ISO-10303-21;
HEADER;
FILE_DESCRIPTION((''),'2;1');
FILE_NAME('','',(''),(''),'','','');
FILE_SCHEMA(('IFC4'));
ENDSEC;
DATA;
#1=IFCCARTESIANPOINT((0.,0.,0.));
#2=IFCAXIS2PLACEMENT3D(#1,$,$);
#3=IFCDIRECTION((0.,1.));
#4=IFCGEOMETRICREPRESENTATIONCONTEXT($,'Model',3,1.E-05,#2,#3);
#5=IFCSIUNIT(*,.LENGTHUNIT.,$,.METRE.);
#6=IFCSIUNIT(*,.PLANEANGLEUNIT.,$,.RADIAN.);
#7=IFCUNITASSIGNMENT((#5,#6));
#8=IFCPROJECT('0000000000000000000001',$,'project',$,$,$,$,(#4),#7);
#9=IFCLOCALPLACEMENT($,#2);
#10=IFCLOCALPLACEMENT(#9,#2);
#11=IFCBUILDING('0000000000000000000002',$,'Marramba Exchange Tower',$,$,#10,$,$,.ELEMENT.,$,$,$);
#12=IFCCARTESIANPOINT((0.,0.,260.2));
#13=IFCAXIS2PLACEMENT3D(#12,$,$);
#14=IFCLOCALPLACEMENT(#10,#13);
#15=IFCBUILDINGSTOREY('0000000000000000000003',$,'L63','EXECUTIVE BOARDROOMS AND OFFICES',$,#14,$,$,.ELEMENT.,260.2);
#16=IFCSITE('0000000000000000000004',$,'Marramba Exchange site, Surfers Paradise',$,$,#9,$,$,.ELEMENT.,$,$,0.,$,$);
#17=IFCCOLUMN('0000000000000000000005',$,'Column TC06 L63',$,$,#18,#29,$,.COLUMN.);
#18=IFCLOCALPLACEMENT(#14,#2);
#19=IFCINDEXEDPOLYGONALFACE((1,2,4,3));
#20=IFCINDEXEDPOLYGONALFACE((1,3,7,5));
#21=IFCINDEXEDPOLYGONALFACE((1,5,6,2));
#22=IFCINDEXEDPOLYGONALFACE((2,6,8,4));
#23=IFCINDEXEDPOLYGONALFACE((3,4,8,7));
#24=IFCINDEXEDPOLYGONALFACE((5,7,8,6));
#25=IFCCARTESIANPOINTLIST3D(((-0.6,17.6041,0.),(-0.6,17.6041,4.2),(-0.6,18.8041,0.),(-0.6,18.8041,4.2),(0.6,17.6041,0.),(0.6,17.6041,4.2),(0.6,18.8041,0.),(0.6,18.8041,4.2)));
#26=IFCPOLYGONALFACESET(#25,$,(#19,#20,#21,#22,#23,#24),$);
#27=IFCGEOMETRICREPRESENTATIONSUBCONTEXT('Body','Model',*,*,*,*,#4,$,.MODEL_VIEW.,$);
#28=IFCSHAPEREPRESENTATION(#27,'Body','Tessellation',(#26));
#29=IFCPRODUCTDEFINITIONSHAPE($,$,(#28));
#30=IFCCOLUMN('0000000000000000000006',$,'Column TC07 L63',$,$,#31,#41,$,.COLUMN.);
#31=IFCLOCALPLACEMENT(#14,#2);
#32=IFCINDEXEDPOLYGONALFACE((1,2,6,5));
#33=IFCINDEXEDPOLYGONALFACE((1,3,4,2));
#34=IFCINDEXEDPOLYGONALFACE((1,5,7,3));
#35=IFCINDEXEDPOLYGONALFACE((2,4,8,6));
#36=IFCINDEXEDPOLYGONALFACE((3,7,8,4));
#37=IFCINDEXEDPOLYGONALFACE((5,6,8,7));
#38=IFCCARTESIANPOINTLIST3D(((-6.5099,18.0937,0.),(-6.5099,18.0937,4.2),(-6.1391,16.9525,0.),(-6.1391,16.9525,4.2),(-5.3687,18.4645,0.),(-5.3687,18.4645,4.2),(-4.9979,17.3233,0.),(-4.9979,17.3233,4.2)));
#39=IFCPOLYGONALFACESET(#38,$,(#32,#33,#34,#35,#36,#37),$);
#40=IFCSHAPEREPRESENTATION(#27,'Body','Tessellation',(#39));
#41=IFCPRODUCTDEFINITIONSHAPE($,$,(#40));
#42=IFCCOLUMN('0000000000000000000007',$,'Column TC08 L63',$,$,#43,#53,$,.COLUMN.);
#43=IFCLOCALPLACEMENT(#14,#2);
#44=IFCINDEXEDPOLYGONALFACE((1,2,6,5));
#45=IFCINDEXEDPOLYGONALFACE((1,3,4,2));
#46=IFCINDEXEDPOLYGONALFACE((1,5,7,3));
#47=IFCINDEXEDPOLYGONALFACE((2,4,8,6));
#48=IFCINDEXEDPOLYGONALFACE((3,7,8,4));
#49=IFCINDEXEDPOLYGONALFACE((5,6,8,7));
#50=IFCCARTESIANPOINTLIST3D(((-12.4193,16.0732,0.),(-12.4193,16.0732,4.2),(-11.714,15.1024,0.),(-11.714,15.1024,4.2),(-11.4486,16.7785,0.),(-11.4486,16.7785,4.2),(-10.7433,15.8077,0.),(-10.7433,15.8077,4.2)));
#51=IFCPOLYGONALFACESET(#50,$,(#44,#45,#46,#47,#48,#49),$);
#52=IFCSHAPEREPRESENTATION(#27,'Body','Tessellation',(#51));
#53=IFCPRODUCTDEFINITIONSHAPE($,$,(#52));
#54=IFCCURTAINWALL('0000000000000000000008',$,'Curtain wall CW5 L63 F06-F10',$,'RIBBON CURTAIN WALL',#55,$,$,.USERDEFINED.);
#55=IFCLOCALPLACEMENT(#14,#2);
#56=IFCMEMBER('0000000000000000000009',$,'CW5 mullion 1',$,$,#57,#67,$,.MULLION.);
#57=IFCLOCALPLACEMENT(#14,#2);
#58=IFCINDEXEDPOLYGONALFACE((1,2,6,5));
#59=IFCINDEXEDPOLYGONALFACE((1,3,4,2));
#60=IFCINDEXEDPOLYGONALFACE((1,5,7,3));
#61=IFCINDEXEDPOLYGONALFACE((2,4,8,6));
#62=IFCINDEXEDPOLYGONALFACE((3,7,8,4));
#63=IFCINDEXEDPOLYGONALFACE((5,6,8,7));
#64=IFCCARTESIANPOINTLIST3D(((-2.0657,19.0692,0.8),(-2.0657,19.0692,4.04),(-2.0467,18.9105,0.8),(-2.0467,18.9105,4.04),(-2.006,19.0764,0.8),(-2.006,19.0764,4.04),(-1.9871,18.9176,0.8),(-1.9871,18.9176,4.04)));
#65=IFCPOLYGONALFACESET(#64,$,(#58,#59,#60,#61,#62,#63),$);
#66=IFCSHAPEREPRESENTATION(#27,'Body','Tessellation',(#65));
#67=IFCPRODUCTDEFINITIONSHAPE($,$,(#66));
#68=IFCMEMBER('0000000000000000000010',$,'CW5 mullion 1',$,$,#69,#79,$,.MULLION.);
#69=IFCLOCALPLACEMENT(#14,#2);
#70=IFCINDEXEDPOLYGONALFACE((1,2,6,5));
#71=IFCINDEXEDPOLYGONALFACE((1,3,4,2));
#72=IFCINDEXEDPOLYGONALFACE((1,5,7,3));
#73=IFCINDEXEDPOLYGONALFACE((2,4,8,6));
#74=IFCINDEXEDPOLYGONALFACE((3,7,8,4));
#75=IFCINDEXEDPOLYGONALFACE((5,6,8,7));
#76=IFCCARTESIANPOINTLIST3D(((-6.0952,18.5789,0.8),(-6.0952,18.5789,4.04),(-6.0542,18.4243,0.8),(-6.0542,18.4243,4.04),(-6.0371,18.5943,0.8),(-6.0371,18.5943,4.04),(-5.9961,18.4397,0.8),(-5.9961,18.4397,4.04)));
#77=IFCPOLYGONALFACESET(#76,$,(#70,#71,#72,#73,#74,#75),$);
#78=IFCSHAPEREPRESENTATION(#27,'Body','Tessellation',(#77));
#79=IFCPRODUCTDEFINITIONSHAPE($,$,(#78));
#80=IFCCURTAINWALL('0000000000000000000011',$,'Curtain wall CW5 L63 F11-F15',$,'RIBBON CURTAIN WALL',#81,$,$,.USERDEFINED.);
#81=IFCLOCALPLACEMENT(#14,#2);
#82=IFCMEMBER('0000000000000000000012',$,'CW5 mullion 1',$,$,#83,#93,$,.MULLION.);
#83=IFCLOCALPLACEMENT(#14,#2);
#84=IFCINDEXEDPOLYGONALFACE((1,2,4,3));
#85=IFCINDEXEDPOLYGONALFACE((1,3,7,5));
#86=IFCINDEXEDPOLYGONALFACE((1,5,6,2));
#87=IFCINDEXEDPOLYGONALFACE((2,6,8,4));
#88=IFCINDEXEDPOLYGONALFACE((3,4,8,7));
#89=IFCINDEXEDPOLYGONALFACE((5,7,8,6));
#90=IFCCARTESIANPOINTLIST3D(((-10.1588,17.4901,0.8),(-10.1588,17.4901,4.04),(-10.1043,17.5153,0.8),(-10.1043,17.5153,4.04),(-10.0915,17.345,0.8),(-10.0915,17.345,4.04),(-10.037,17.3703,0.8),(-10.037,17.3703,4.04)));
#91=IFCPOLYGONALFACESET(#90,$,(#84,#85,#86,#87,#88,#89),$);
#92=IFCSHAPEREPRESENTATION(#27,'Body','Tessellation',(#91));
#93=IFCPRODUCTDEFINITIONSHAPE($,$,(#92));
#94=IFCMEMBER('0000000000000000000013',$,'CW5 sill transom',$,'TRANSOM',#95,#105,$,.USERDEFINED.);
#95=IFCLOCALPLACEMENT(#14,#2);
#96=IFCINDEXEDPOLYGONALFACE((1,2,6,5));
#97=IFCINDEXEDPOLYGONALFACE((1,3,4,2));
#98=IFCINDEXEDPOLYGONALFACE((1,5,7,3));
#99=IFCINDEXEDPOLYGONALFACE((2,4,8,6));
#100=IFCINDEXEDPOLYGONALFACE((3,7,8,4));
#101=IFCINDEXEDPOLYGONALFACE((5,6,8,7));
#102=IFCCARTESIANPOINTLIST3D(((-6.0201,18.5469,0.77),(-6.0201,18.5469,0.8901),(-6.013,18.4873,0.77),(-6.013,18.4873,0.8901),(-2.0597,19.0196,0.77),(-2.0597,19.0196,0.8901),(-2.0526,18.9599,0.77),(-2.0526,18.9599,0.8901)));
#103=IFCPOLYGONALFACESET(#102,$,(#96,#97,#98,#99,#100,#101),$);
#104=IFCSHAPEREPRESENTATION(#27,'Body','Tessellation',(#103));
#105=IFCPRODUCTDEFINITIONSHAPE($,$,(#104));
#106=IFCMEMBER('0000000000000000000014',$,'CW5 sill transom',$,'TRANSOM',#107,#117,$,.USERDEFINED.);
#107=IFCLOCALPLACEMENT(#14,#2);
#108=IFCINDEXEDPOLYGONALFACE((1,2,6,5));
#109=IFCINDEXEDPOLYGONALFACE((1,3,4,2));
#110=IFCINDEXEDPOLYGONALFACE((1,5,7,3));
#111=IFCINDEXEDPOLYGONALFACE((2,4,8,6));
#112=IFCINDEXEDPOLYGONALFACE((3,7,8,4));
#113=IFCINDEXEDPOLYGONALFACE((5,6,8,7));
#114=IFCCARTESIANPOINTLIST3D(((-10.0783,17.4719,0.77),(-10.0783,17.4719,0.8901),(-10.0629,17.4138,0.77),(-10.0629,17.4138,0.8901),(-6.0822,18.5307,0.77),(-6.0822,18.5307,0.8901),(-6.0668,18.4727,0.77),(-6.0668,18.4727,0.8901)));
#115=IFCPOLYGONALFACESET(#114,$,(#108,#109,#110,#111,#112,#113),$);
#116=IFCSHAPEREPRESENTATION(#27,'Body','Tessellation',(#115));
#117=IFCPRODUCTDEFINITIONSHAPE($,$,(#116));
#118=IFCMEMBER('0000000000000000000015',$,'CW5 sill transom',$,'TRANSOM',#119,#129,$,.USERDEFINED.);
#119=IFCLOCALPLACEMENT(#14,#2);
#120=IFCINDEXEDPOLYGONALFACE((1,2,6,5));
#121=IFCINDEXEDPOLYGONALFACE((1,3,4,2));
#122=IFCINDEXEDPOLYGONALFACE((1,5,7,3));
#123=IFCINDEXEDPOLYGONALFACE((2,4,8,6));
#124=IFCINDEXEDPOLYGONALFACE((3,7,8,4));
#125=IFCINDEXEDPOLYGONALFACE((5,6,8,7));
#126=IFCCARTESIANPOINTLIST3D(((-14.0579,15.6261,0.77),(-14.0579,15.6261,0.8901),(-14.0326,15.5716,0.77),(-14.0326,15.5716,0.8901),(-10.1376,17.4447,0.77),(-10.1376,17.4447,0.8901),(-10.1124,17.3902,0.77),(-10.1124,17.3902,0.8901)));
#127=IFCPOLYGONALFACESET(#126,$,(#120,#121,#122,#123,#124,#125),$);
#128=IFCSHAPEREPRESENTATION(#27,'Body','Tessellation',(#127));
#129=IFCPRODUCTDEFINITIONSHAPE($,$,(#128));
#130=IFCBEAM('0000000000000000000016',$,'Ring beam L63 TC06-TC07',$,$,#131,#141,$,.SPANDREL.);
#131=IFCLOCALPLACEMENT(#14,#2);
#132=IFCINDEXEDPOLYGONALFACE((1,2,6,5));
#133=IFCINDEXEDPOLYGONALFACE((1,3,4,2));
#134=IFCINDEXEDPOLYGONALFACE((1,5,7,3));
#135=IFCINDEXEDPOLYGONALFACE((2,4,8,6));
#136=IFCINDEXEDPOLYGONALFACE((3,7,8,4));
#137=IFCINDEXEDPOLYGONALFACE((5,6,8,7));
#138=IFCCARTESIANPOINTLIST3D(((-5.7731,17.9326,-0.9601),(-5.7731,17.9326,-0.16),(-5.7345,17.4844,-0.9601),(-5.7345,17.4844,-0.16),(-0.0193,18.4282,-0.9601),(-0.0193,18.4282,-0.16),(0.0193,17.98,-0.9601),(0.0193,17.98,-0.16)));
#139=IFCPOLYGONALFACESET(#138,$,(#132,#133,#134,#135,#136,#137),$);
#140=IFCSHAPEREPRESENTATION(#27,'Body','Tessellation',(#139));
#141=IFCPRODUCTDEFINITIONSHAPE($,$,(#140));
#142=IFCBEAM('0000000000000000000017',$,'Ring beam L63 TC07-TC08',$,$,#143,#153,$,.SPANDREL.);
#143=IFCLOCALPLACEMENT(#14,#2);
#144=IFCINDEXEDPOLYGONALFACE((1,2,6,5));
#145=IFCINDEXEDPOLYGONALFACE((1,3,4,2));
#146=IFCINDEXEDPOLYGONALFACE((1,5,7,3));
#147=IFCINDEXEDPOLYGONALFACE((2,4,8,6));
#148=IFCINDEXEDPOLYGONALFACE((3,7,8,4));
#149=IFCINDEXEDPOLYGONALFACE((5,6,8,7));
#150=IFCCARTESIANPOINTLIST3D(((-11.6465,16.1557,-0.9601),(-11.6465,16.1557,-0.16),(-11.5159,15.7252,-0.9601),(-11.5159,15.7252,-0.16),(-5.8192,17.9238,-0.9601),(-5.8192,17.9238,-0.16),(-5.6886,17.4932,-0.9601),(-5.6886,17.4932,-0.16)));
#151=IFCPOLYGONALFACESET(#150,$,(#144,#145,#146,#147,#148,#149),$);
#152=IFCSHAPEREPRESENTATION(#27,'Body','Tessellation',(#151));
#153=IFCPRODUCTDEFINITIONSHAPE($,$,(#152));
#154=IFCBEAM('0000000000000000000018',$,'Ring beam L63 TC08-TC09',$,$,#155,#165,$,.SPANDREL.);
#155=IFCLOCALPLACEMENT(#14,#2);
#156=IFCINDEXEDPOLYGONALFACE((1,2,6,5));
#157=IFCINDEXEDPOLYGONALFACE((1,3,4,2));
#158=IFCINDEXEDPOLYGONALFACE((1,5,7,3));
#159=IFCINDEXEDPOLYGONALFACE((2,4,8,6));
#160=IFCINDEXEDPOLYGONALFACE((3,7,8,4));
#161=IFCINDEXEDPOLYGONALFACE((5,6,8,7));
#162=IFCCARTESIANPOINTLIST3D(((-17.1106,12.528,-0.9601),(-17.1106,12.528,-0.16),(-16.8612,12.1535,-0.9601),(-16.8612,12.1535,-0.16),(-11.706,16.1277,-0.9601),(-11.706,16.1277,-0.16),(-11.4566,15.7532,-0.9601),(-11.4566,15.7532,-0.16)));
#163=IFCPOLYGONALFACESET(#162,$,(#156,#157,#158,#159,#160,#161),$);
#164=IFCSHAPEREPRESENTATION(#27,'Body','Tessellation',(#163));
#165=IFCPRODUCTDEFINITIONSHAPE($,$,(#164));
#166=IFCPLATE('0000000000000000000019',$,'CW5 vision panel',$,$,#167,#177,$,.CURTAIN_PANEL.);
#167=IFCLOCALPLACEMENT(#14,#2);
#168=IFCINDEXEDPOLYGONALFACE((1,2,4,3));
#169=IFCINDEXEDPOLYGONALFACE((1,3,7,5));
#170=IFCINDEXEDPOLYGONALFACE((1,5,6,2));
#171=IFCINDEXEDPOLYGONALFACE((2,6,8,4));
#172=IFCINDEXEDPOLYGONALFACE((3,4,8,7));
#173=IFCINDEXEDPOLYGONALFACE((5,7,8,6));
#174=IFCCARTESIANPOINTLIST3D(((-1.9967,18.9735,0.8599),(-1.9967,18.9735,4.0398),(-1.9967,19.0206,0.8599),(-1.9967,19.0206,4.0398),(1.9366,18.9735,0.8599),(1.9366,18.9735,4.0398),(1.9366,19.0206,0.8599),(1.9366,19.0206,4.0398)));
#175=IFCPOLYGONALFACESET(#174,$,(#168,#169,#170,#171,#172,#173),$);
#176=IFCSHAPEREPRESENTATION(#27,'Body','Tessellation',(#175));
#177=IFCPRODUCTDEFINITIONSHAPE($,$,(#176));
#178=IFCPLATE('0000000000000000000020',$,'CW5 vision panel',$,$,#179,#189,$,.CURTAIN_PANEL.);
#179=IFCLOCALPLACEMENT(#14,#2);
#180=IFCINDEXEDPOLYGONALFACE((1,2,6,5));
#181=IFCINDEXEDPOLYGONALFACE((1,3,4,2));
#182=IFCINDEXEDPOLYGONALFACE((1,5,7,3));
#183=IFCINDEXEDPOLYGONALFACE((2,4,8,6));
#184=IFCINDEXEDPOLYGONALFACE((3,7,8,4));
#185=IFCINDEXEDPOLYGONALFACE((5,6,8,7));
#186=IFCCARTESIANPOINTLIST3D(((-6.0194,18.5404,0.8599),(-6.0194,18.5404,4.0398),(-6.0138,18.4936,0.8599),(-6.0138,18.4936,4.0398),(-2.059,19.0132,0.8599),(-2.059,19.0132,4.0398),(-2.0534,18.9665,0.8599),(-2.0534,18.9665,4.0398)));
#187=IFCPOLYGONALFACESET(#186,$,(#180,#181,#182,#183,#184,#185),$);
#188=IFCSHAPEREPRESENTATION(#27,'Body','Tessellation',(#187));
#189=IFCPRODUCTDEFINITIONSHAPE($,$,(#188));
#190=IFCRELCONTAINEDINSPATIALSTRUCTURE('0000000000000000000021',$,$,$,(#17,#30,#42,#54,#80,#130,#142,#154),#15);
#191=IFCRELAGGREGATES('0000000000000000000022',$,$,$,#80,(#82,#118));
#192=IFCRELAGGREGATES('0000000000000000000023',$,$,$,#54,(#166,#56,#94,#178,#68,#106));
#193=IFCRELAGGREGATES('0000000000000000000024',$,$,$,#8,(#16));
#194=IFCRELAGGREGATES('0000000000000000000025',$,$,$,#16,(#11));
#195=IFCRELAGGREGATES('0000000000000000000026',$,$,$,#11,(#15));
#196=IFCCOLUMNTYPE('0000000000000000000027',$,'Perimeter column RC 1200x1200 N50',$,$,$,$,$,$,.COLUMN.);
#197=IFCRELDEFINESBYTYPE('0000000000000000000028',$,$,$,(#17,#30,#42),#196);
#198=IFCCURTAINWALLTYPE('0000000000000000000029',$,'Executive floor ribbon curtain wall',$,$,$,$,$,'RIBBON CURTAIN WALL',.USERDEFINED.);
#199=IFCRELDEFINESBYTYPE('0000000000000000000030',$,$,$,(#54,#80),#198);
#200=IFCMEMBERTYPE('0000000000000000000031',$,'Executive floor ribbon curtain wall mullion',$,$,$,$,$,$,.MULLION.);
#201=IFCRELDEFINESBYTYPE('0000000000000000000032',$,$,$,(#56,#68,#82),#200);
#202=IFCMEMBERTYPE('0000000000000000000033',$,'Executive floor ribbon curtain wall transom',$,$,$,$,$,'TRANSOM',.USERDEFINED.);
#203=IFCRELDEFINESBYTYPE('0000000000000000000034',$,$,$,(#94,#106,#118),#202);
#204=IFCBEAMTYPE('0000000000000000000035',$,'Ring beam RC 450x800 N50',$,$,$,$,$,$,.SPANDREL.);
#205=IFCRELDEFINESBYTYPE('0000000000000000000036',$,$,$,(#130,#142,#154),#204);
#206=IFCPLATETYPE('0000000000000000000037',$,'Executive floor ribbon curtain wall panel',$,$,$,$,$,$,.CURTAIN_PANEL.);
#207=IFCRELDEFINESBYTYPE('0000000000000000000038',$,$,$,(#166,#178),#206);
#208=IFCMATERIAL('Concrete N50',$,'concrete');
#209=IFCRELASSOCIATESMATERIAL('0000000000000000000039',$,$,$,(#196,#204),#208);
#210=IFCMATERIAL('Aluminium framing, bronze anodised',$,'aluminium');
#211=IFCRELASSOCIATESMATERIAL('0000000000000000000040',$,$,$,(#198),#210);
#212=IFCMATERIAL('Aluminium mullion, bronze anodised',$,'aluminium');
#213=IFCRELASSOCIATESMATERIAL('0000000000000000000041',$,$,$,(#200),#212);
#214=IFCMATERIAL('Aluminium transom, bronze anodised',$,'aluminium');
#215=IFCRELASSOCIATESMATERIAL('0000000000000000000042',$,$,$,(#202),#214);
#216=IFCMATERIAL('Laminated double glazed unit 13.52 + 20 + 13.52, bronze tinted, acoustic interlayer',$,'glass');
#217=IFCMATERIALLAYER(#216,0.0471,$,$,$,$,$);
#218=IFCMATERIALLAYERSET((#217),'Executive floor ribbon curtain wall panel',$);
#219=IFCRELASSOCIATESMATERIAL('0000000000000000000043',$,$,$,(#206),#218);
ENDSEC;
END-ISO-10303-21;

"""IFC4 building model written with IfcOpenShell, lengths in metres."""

from ifc_helpers import new_model, si_unit, direction, frame, origin, origin_2d, place, context, subcontext, project, spatial, rectangle, extrude, material, layer, layer_set, material_profile, profile_set, type_object, element, aggregate, save


model = new_model("IFC4")

# Units and contexts
model_context = context("Model", 3, precision=1e-05, world=origin(), true_north=direction((0.0, 1.0)))
body_context = subcontext(model_context, "Body", "Model", "MODEL_VIEW")
ifc_project = project(units=[si_unit("LENGTHUNIT", "METRE"), si_unit("PLANEANGLEUNIT", "RADIAN")], contexts=[model_context])

# Site, building, storey
site_placement = place(None, origin())
site = spatial("IfcSite", under=ifc_project, at=site_placement, Name="Marramba Exchange site, Surfers Paradise", CompositionType="ELEMENT", RefElevation=0.0)
building_placement = place(site_placement, origin())
building = spatial("IfcBuilding", under=site, at=building_placement, Name="Marramba Exchange Tower", CompositionType="ELEMENT")
storey_placement = place(building_placement, frame((0.0, 0.0, 260.2)))
storey = spatial("IfcBuildingStorey", under=building, at=storey_placement, Name="L63", Description="EXECUTIVE BOARDROOMS AND OFFICES", CompositionType="ELEMENT", Elevation=260.2)

# Columns
ifc_material_1 = material(Name="Concrete N50", Category="concrete")
ifc_material_profile_1 = material_profile(ifc_material_1, rectangle(XDim=1.2, YDim=1.2, at=origin_2d()), Name="RC 1200x1200")
ifc_profile_set_1 = profile_set([ifc_material_profile_1], Name="Concrete N50")
column_type = type_object("IfcColumnType", Name="Perimeter column RC 1200x1200 N50", PredefinedType="COLUMN", material=ifc_profile_set_1)
for number, where, z_axis, x_axis, name in (
    (1, (0.0, 18.2041, 0.0), (0.0, 0.0, 1.0), (0.0, 1.0, 0.0), "Column TC06 L63"),
    (2, (-5.7539, 17.7085, 0.0), (0.0, 0.0, 1.0), (-0.309017, 0.951057, 0.0), "Column TC07 L63"),
    (3, (-11.5813, 15.9404, 0.0), (0.0, 0.0, 1.0), (-0.587785, 0.809017, 0.0), "Column TC08 L63"),
):
    element("IfcColumn", number, at=place(storey_placement, frame(where, z_axis=z_axis, x_axis=x_axis)), inside=storey, type_object=column_type, Name=name, PredefinedType="COLUMN", context=body_context, shape_type="SweptSolid", body=[
        extrude(rectangle(XDim=1.2, YDim=1.2, at=origin_2d()), origin(), (0.0, 0.0, 1.0), 4.2),
    ])

# Curtain wall, members
ifc_material_2 = material(Name="Aluminium framing, bronze anodised", Category="aluminium")
curtain_wall_type = type_object("IfcCurtainWallType", Name="Executive floor ribbon curtain wall", ElementType="RIBBON CURTAIN WALL", PredefinedType="USERDEFINED", material=ifc_material_2)
curtain_wall_1_placement = place(storey_placement, origin())
curtain_wall_1 = element("IfcCurtainWall", 4, at=curtain_wall_1_placement, inside=storey, type_object=curtain_wall_type, Name="Curtain wall CW5 L63 F06-F10", ObjectType="RIBBON CURTAIN WALL", PredefinedType="USERDEFINED")
ifc_material_3 = material(Name="Aluminium mullion, bronze anodised", Category="aluminium")
ifc_material_profile_2 = material_profile(ifc_material_3, rectangle(XDim=0.1599, YDim=0.0601, at=origin_2d()), Name="CW5 mullion 60x160")
ifc_profile_set_2 = profile_set([ifc_material_profile_2], Name="Aluminium mullion, bronze anodised")
member_type_1 = type_object("IfcMemberType", Name="Executive floor ribbon curtain wall mullion", PredefinedType="MULLION", material=ifc_profile_set_2)
member_1_placement = place(storey_placement, frame((-2.0264, 18.9934, 0.8), z_axis=(0.0, 0.0, 1.0), x_axis=(0.118557, -0.992947, 0.0)))
member_1 = element("IfcMember", 5, at=member_1_placement, type_object=member_type_1, Name="CW5 mullion 1", PredefinedType="MULLION", context=body_context, shape_type="SweptSolid", body=[
    extrude(rectangle(XDim=0.1599, YDim=0.0601, at=origin_2d()), origin(), (0.0, 0.0, 1.0), 3.24),
])
member_2_placement = place(storey_placement, frame((-6.0457, 18.5093, 0.8), z_axis=(0.0, 0.0, 1.0), x_axis=(0.256126, -0.966644, 0.0)))
member_2 = element("IfcMember", 6, at=member_2_placement, type_object=member_type_1, Name="CW5 mullion 1", PredefinedType="MULLION", context=body_context, shape_type="SweptSolid", body=[
    extrude(rectangle(XDim=0.1599, YDim=0.0601, at=origin_2d()), origin(), (0.0, 0.0, 1.0), 3.24),
])

# Curtain wall, member
curtain_wall_2_placement = place(storey_placement, origin())
curtain_wall_2 = element("IfcCurtainWall", 7, at=curtain_wall_2_placement, inside=storey, type_object=curtain_wall_type, Name="Curtain wall CW5 L63 F11-F15", ObjectType="RIBBON CURTAIN WALL", PredefinedType="USERDEFINED")
member_3_placement = place(storey_placement, frame((-10.0979, 17.4302, 0.8), z_axis=(0.0, 0.0, 1.0), x_axis=(0.420849, -0.907131, 0.0)))
member_3 = element("IfcMember", 8, at=member_3_placement, type_object=member_type_1, Name="CW5 mullion 1", PredefinedType="MULLION", context=body_context, shape_type="SweptSolid", body=[
    extrude(rectangle(XDim=0.1599, YDim=0.0601, at=origin_2d()), origin(), (0.0, 0.0, 1.0), 3.24),
])

# Members
ifc_material_4 = material(Name="Aluminium transom, bronze anodised", Category="aluminium")
ifc_material_profile_3 = material_profile(ifc_material_4, rectangle(XDim=0.0601, YDim=0.1201, at=origin_2d()), Name="CW5 transom 60x120")
ifc_profile_set_3 = profile_set([ifc_material_profile_3], Name="Aluminium transom, bronze anodised")
member_type_2 = type_object("IfcMemberType", Name="Executive floor ribbon curtain wall transom", ElementType="TRANSOM", PredefinedType="USERDEFINED", material=ifc_profile_set_3)
member_4_placement = place(storey_placement, frame((-2.0562, 18.9897, 0.8301), z_axis=(-0.992954, -0.118503, 0.0), x_axis=(0.118503, -0.992954, 0.0)))
member_4 = element("IfcMember", 9, at=member_4_placement, type_object=member_type_2, Name="CW5 sill transom", ObjectType="TRANSOM", PredefinedType="USERDEFINED", context=body_context, shape_type="SweptSolid", body=[
    extrude(rectangle(XDim=0.0601, YDim=0.1201, at=origin_2d()), origin(), (0.0, 0.0, 1.0), 3.9885),
])
member_5_placement = place(storey_placement, frame((-6.0745, 18.5017, 0.8301), z_axis=(-0.966642, -0.25613, 0.0), x_axis=(0.25613, -0.966642, 0.0)))
member_5 = element("IfcMember", 10, at=member_5_placement, type_object=member_type_2, Name="CW5 sill transom", ObjectType="TRANSOM", PredefinedType="USERDEFINED", context=body_context, shape_type="SweptSolid", body=[
    extrude(rectangle(XDim=0.0601, YDim=0.1201, at=origin_2d()), origin(), (0.0, 0.0, 1.0), 4.134),
])
member_6_placement = place(storey_placement, frame((-10.125, 17.4175, 0.8301), z_axis=(-0.907139, -0.420831, 0.0), x_axis=(0.420831, -0.907139, 0.0)))
member_6 = element("IfcMember", 11, at=member_6_placement, type_object=member_type_2, Name="CW5 sill transom", ObjectType="TRANSOM", PredefinedType="USERDEFINED", context=body_context, shape_type="SweptSolid", body=[
    extrude(rectangle(XDim=0.0601, YDim=0.1201, at=origin_2d()), origin(), (0.0, 0.0, 1.0), 4.3215),
])
aggregate(curtain_wall_2, [member_3, member_6])

# Beams
ifc_material_profile_4 = material_profile(ifc_material_1, rectangle(XDim=0.45, YDim=0.8, at=origin_2d()), Name="RC 450x800")
ifc_profile_set_4 = profile_set([ifc_material_profile_4], Name="Concrete N50")
beam_type = type_object("IfcBeamType", Name="Ring beam RC 450x800 N50", PredefinedType="SPANDREL", material=ifc_profile_set_4)
beam_1_placement = place(storey_placement, frame((0.0, 18.2041, -0.5601), z_axis=(-0.996311, -0.085816, 0.0), x_axis=(0.085816, -0.996311, 0.0)))
element("IfcBeam", 12, at=beam_1_placement, inside=storey, type_object=beam_type, Name="Ring beam L63 TC06-TC07", PredefinedType="SPANDREL", context=body_context, shape_type="SweptSolid", body=[
    extrude(rectangle(XDim=0.45, YDim=0.8, at=origin_2d()), origin(), (0.0, 0.0, 1.0), 5.7751),
])
beam_2_placement = place(storey_placement, frame((-5.7539, 17.7085, -0.5601), z_axis=(-0.956925, -0.290337, 0.0), x_axis=(0.290337, -0.956925, 0.0)))
element("IfcBeam", 13, at=beam_2_placement, inside=storey, type_object=beam_type, Name="Ring beam L63 TC07-TC08", PredefinedType="SPANDREL", context=body_context, shape_type="SweptSolid", body=[
    extrude(rectangle(XDim=0.45, YDim=0.8, at=origin_2d()), origin(), (0.0, 0.0, 1.0), 6.0896),
])
beam_3_placement = place(storey_placement, frame((-11.5813, 15.9404, -0.5601), z_axis=(-0.832293, -0.554336, 0.0), x_axis=(0.554336, -0.832293, 0.0)))
element("IfcBeam", 14, at=beam_3_placement, inside=storey, type_object=beam_type, Name="Ring beam L63 TC08-TC09", PredefinedType="SPANDREL", context=body_context, shape_type="SweptSolid", body=[
    extrude(rectangle(XDim=0.45, YDim=0.8, at=origin_2d()), origin(), (0.0, 0.0, 1.0), 6.4937),
])

# Plates
ifc_material_5 = material(Name="Laminated double glazed unit 13.52 + 20 + 13.52, bronze tinted, acoustic interlayer", Category="glass")
ifc_layer_1 = layer(ifc_material_5, 0.0471)
ifc_layer_set_1 = layer_set([ifc_layer_1], Name="Executive floor ribbon curtain wall panel")
plate_type = type_object("IfcPlateType", Name="Executive floor ribbon curtain wall panel", PredefinedType="CURTAIN_PANEL", material=ifc_layer_set_1)
plate_1_placement = place(storey_placement, frame((-0.03, 18.9971, 0.8599), z_axis=(0.0, 0.0, 1.0), x_axis=(-1.0, 0.0, 0.0)))
plate_1 = element("IfcPlate", 15, at=plate_1_placement, type_object=plate_type, Name="CW5 vision panel", PredefinedType="CURTAIN_PANEL", context=body_context, shape_type="SweptSolid", body=[
    extrude(rectangle(XDim=3.9333, YDim=0.0471, at=origin_2d()), origin(), (0.0, 0.0, 1.0), 3.1799),
])
plate_2_placement = place(storey_placement, frame((-4.0364, 18.7534, 0.8599), z_axis=(0.0, 0.0, 1.0), x_axis=(-0.992947, -0.118557, 0.0)))
plate_2 = element("IfcPlate", 16, at=plate_2_placement, type_object=plate_type, Name="CW5 vision panel", PredefinedType="CURTAIN_PANEL", context=body_context, shape_type="SweptSolid", body=[
    extrude(rectangle(XDim=3.9885, YDim=0.0471, at=origin_2d()), origin(), (0.0, 0.0, 1.0), 3.1799),
])
aggregate(curtain_wall_1, [plate_1, member_1, member_4, plate_2, member_2, member_5])

save(model, "model.ifc")
